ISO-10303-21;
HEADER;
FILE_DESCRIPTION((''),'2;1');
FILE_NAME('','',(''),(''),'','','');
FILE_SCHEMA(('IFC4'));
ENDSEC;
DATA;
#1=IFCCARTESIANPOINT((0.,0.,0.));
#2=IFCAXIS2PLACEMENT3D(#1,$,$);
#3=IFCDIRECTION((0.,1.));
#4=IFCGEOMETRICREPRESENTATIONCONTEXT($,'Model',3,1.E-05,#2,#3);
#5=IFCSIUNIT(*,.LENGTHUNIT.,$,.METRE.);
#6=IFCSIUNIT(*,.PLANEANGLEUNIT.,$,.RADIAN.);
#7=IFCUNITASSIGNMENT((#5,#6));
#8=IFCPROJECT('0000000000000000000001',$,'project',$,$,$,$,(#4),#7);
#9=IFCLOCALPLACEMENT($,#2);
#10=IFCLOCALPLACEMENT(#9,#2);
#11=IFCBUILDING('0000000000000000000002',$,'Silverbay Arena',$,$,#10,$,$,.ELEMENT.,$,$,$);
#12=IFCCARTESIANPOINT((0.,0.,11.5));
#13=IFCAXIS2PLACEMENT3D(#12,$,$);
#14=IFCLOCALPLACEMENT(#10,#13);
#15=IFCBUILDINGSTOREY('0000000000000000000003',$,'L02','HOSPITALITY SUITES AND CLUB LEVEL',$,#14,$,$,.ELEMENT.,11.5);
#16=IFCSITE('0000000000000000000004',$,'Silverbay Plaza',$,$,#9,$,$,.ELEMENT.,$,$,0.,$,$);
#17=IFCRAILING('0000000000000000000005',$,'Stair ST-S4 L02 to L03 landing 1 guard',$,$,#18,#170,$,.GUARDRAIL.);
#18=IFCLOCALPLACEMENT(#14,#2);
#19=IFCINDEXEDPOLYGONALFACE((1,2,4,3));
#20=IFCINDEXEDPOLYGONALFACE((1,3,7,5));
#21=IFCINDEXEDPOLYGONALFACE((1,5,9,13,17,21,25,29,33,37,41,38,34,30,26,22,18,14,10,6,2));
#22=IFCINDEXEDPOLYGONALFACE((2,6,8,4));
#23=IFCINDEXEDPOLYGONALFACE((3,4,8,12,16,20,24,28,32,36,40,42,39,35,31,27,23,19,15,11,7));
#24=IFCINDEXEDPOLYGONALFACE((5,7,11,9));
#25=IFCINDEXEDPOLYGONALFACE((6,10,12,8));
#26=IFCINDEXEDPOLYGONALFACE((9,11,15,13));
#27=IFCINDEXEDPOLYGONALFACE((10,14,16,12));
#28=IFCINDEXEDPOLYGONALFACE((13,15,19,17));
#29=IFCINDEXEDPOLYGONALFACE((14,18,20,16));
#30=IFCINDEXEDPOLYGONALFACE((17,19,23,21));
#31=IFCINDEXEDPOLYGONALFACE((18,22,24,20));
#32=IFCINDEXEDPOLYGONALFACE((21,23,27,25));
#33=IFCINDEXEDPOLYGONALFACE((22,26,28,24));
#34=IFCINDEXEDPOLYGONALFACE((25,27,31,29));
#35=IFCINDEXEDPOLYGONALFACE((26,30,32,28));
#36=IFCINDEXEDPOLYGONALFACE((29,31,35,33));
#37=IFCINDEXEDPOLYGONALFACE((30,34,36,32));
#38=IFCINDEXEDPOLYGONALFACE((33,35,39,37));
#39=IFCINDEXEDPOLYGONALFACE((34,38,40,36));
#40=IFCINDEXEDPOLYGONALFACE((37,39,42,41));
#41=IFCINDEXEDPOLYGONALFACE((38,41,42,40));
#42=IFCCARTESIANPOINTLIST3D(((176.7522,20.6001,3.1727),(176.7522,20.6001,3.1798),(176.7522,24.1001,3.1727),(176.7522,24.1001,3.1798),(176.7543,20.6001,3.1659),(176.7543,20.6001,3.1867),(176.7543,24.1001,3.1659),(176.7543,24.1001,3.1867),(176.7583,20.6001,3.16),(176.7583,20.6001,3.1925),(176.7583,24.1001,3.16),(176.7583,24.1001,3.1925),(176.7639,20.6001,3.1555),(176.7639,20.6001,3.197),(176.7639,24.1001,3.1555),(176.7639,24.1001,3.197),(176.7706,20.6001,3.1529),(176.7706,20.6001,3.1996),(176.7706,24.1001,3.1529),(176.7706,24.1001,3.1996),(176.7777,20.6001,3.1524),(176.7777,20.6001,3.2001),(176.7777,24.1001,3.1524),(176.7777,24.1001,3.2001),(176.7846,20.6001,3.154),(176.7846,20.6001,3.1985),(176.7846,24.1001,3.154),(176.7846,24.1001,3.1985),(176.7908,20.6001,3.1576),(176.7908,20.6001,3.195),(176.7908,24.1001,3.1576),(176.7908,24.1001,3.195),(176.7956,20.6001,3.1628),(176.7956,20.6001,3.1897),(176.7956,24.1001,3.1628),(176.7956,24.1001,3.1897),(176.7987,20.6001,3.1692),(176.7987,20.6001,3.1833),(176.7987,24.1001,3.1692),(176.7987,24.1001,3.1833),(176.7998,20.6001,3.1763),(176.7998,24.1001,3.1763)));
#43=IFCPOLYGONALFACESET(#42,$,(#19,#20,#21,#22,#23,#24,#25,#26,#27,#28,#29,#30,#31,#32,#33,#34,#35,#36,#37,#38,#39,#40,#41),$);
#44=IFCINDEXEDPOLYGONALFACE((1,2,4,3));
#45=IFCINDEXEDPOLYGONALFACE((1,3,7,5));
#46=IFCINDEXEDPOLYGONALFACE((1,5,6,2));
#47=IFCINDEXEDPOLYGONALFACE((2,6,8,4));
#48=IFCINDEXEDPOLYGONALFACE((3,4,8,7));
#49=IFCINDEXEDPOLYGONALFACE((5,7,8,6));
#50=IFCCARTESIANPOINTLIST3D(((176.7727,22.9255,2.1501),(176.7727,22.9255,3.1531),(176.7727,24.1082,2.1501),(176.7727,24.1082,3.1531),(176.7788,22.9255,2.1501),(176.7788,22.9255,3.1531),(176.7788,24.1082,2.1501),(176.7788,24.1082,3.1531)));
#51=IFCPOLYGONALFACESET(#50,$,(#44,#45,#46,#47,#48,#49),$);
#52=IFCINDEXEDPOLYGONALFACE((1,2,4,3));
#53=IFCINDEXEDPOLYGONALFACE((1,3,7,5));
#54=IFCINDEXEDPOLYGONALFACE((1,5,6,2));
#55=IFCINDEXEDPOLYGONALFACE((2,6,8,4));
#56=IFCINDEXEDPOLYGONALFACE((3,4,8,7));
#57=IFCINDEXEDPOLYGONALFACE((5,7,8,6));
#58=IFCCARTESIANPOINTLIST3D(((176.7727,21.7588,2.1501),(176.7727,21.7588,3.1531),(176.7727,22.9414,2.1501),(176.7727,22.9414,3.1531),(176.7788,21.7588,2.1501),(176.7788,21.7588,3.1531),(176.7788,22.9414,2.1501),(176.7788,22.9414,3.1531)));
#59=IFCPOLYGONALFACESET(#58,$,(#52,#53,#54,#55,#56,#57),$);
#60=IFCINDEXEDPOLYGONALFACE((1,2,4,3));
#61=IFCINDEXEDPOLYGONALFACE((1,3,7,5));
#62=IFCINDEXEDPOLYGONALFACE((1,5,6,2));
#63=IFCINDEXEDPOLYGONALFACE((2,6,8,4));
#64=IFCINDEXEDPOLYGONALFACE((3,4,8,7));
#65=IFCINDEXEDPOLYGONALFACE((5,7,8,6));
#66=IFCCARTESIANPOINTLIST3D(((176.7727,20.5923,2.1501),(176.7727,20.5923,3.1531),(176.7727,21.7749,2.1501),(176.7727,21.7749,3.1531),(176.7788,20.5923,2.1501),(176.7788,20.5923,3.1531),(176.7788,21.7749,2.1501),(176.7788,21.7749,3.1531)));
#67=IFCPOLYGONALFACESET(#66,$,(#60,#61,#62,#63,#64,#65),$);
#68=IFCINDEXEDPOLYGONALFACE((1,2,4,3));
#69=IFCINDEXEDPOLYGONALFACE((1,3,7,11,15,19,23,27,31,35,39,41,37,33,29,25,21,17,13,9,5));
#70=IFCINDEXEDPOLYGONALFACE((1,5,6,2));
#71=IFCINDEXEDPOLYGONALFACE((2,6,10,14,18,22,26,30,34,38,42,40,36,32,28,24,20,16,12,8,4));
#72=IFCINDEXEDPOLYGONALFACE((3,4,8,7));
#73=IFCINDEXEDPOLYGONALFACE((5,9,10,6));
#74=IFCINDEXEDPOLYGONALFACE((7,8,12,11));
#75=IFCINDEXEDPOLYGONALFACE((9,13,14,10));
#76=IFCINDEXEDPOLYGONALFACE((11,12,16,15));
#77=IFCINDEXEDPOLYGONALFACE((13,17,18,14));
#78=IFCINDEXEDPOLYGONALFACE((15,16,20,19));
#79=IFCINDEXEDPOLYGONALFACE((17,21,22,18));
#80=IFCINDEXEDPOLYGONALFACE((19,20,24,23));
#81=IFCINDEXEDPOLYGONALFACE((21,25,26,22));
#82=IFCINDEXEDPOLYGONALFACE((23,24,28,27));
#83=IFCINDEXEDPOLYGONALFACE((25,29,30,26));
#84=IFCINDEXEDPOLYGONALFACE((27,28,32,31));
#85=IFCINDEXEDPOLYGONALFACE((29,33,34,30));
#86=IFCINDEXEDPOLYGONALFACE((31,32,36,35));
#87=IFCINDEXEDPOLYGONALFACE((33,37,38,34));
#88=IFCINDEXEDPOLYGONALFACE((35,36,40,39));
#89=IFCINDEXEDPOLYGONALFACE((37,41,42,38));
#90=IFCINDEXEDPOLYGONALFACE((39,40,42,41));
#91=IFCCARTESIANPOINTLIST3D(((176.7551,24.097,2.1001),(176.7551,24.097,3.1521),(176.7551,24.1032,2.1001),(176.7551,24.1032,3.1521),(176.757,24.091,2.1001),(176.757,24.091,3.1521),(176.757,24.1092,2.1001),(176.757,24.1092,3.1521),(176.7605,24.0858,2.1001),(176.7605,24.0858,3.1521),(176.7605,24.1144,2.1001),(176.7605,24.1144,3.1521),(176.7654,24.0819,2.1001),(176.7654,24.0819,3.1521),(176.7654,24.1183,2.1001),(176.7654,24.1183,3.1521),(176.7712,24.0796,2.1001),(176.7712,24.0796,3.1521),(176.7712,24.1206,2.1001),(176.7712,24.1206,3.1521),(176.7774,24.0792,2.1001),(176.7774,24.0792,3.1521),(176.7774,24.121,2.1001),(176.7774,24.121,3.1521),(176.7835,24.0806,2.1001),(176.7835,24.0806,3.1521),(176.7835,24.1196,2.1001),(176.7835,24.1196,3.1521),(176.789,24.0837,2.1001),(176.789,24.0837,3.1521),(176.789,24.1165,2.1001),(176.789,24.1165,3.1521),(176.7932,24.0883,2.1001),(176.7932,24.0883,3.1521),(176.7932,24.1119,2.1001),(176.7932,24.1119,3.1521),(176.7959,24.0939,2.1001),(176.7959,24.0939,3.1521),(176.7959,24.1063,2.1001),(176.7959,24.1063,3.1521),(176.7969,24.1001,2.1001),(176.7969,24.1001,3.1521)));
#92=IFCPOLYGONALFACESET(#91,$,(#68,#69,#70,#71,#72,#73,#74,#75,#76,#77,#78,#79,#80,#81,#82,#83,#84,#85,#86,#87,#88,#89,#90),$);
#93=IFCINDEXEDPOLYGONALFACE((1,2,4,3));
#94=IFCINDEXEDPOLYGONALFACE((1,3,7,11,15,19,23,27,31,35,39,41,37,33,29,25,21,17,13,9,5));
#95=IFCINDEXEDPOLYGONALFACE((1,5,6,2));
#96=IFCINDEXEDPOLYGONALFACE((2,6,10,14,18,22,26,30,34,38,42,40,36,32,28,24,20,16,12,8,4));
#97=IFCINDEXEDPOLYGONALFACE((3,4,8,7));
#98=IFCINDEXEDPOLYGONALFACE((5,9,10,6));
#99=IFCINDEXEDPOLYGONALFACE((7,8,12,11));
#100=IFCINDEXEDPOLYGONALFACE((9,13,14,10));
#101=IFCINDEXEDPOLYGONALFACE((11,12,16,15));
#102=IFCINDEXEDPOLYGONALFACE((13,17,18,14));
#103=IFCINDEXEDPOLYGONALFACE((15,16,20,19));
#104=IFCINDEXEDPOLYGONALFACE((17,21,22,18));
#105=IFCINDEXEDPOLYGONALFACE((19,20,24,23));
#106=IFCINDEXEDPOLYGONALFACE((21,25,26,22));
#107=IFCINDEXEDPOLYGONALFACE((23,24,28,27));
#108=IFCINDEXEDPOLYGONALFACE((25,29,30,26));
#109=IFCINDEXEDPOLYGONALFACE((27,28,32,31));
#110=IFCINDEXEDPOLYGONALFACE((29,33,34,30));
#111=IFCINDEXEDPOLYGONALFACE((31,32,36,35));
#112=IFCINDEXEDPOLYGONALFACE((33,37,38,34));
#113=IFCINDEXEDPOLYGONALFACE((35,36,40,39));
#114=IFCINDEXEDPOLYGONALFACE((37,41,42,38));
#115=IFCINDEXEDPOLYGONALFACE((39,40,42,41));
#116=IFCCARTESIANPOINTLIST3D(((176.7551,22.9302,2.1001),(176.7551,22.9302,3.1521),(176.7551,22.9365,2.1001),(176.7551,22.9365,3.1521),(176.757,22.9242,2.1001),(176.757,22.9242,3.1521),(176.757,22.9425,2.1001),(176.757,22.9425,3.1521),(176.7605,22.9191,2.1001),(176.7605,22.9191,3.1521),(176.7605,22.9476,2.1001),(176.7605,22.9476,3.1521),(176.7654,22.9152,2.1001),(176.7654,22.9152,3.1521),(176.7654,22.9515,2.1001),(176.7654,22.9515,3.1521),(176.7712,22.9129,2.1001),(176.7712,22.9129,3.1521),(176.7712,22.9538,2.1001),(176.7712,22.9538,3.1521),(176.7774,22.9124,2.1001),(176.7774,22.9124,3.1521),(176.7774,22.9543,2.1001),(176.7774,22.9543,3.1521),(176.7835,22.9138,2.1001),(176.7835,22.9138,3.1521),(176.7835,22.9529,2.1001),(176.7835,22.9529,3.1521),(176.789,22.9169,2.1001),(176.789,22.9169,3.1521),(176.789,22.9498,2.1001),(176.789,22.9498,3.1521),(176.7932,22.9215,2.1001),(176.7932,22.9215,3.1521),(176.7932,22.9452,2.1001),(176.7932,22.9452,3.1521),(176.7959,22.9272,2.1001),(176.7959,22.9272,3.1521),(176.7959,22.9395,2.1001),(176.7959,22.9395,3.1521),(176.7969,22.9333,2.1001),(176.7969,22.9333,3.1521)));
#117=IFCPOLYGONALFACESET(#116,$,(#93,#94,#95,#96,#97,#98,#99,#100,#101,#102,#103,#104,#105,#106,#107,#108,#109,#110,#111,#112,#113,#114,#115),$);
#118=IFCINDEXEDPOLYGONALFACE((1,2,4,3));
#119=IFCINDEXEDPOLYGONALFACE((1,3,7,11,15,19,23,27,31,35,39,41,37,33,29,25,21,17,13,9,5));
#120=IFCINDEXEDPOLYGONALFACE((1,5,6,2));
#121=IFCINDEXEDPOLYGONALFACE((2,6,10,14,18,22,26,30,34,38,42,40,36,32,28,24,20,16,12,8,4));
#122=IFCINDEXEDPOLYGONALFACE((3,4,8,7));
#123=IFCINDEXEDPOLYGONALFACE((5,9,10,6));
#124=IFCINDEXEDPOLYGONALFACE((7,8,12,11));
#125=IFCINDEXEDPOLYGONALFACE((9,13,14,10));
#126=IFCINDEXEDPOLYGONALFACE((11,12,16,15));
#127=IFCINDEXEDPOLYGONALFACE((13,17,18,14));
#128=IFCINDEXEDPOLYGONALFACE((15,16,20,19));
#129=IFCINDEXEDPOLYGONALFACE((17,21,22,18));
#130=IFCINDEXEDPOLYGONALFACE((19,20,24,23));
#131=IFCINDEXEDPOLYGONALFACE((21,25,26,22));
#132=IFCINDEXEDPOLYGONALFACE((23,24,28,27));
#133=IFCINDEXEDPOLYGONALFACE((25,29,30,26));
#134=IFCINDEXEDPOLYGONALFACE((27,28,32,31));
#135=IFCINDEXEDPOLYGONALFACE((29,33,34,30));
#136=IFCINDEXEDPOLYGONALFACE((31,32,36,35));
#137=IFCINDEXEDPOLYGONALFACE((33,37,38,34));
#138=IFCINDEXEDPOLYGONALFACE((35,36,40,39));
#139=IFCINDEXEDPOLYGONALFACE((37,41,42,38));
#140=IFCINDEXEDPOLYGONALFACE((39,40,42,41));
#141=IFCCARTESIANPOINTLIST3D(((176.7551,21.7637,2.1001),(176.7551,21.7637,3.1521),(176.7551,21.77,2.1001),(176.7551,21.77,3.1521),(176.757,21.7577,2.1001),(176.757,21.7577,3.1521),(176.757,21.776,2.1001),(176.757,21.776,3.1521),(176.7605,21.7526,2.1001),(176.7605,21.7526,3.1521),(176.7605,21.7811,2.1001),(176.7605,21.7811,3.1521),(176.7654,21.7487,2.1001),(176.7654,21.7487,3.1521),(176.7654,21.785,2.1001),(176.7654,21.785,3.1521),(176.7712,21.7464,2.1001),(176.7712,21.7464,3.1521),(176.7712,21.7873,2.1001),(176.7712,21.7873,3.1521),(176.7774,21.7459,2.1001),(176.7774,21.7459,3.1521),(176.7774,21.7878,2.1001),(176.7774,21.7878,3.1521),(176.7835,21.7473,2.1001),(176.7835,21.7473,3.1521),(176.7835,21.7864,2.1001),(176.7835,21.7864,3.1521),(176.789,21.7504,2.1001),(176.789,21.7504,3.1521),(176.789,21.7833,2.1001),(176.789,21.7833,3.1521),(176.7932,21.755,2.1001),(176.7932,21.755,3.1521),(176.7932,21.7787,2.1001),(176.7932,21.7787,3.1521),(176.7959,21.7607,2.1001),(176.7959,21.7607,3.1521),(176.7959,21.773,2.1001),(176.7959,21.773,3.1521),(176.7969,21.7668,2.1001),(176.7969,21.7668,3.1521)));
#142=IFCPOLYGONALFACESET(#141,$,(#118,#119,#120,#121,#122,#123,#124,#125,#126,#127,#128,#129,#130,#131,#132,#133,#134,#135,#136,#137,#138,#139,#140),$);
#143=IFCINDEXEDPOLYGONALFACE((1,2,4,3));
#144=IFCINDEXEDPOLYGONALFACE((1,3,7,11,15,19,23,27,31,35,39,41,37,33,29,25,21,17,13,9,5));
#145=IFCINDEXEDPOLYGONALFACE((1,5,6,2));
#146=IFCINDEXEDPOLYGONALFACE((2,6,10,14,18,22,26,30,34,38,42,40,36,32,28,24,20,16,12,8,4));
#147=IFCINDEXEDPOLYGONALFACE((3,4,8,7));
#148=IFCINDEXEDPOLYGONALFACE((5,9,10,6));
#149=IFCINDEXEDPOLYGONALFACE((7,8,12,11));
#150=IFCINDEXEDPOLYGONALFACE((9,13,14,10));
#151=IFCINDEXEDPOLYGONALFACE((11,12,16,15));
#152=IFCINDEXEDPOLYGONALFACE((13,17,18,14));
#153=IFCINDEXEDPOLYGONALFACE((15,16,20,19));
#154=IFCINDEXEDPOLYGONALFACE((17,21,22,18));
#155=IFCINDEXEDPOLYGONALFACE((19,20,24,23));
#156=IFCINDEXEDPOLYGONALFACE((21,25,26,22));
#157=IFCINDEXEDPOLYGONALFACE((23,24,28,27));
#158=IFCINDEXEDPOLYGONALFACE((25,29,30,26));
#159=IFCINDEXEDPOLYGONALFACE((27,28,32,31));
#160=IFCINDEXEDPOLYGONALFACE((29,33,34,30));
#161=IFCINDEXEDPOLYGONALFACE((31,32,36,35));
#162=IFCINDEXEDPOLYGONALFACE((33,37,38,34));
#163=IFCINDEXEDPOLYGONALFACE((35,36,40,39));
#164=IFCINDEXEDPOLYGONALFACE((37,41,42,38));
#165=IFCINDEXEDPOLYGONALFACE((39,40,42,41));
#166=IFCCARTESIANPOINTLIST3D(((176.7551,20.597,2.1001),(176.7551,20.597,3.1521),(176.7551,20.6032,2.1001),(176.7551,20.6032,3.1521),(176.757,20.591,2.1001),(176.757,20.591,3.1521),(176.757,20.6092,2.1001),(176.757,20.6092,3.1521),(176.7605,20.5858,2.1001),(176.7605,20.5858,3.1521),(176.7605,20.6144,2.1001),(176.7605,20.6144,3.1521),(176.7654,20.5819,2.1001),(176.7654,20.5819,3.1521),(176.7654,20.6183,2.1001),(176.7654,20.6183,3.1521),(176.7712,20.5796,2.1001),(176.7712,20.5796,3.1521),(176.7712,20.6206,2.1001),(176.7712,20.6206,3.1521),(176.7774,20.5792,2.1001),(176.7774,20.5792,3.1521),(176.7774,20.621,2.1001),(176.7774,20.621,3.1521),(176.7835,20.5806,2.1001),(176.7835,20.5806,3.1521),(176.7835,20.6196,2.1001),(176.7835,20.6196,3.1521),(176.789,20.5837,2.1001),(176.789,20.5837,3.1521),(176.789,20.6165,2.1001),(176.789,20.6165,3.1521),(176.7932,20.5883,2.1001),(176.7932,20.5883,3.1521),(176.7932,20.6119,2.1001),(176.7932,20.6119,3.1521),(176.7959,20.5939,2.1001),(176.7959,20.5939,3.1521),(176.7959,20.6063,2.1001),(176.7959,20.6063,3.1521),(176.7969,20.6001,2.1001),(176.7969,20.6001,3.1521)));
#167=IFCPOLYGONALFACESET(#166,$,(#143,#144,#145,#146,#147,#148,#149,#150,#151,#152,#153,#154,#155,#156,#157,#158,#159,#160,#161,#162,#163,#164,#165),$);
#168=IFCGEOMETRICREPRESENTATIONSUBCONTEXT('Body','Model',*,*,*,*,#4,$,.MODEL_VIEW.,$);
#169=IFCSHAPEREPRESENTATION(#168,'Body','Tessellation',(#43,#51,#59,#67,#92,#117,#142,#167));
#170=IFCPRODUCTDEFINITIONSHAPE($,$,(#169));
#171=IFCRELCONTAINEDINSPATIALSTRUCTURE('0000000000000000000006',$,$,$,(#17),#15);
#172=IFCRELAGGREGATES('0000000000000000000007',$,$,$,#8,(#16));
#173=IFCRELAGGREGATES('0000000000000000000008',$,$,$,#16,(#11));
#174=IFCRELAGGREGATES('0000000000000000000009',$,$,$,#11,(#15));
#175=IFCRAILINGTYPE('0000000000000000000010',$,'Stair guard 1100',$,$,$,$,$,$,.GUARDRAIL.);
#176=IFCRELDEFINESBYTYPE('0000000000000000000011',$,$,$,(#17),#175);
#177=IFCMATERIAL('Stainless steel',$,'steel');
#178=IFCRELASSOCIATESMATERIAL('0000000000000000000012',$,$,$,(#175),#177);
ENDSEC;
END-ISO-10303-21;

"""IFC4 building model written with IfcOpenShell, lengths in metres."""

from ifc_helpers import new_model, si_unit, direction, frame, origin, origin_2d, place, context, subcontext, project, spatial, polyline, circle, outline, extrude, material, type_object, element, save


model = new_model("IFC4")

# Units and contexts
model_context = context("Model", 3, precision=1e-05, world=origin(), true_north=direction((0.0, 1.0)))
body_context = subcontext(model_context, "Body", "Model", "MODEL_VIEW")
ifc_project = project(units=[si_unit("LENGTHUNIT", "METRE"), si_unit("PLANEANGLEUNIT", "RADIAN")], contexts=[model_context])

# Site, building, storey
site_placement = place(None, origin())
site = spatial("IfcSite", under=ifc_project, at=site_placement, Name="Silverbay Plaza", CompositionType="ELEMENT", RefElevation=0.0)
building_placement = place(site_placement, origin())
building = spatial("IfcBuilding", under=site, at=building_placement, Name="Silverbay Arena", CompositionType="ELEMENT")
storey_placement = place(building_placement, frame((0.0, 0.0, 11.5)))
storey = spatial("IfcBuildingStorey", under=building, at=storey_placement, Name="L02", Description="HOSPITALITY SUITES AND CLUB LEVEL", CompositionType="ELEMENT", Elevation=11.5)

# Railing
ifc_material_1 = material(Name="Stainless steel", Category="steel")
railing_type_1 = type_object("IfcRailingType", Name="Stair guard 1100", PredefinedType="GUARDRAIL", material=ifc_material_1)
for number, where, name in (
    (1, (176.7759, 24.1001, 2.1001), "Stair ST-S4 L02 to L03 landing 1 guard"),
):
    element("IfcRailing", number, at=place(storey_placement, frame(where)), inside=storey, type_object=railing_type_1, Name=name, PredefinedType="GUARDRAIL", context=body_context, shape_type="SweptSolid", body=[
        extrude(circle(Radius=0.0239, at=origin_2d()), frame((0.0, 0.0, 1.0762), z_axis=(0.0, -1.0, 0.0), x_axis=(1.0, 0.0, 0.0)), (0.0, 0.0, 1.0), 3.5),
        extrude(outline(polyline([(-0.0081, 0.05), (1.1746, 0.05), (1.1746, 1.053), (-0.0081, 1.053), (-0.0081, 0.05)])), frame((0.0029, 0.0, 0.0), z_axis=(-1.0, 0.0, 0.0), x_axis=(0.0, -1.0, 0.0)), (0.0, 0.0, 1.0), 0.0061),
        extrude(outline(polyline([(-0.0081, 0.05), (1.1746, 0.05), (1.1746, 1.053), (-0.0081, 1.053), (-0.0081, 0.05)])), frame((0.0029, -1.1667, 0.0), z_axis=(-1.0, 0.0, 0.0), x_axis=(0.0, -1.0, 0.0)), (0.0, 0.0, 1.0), 0.0061),
        extrude(outline(polyline([(-0.0081, 0.05), (1.1746, 0.05), (1.1746, 1.053), (-0.0081, 1.053), (-0.0081, 0.05)])), frame((0.0029, -2.3333, 0.0), z_axis=(-1.0, 0.0, 0.0), x_axis=(0.0, -1.0, 0.0)), (0.0, 0.0, 1.0), 0.0061),
        extrude(circle(Radius=0.021, at=origin_2d()), origin(), (0.0, 0.0, 1.0), 1.052),
        extrude(circle(Radius=0.021, at=origin_2d()), frame((0.0, -1.1667, 0.0)), (0.0, 0.0, 1.0), 1.052),
        extrude(circle(Radius=0.021, at=origin_2d()), frame((0.0, -2.3333, 0.0)), (0.0, 0.0, 1.0), 1.052),
        extrude(circle(Radius=0.021, at=origin_2d()), frame((0.0, -3.5, 0.0)), (0.0, 0.0, 1.0), 1.052),
    ])

save(model, "model.ifc")
